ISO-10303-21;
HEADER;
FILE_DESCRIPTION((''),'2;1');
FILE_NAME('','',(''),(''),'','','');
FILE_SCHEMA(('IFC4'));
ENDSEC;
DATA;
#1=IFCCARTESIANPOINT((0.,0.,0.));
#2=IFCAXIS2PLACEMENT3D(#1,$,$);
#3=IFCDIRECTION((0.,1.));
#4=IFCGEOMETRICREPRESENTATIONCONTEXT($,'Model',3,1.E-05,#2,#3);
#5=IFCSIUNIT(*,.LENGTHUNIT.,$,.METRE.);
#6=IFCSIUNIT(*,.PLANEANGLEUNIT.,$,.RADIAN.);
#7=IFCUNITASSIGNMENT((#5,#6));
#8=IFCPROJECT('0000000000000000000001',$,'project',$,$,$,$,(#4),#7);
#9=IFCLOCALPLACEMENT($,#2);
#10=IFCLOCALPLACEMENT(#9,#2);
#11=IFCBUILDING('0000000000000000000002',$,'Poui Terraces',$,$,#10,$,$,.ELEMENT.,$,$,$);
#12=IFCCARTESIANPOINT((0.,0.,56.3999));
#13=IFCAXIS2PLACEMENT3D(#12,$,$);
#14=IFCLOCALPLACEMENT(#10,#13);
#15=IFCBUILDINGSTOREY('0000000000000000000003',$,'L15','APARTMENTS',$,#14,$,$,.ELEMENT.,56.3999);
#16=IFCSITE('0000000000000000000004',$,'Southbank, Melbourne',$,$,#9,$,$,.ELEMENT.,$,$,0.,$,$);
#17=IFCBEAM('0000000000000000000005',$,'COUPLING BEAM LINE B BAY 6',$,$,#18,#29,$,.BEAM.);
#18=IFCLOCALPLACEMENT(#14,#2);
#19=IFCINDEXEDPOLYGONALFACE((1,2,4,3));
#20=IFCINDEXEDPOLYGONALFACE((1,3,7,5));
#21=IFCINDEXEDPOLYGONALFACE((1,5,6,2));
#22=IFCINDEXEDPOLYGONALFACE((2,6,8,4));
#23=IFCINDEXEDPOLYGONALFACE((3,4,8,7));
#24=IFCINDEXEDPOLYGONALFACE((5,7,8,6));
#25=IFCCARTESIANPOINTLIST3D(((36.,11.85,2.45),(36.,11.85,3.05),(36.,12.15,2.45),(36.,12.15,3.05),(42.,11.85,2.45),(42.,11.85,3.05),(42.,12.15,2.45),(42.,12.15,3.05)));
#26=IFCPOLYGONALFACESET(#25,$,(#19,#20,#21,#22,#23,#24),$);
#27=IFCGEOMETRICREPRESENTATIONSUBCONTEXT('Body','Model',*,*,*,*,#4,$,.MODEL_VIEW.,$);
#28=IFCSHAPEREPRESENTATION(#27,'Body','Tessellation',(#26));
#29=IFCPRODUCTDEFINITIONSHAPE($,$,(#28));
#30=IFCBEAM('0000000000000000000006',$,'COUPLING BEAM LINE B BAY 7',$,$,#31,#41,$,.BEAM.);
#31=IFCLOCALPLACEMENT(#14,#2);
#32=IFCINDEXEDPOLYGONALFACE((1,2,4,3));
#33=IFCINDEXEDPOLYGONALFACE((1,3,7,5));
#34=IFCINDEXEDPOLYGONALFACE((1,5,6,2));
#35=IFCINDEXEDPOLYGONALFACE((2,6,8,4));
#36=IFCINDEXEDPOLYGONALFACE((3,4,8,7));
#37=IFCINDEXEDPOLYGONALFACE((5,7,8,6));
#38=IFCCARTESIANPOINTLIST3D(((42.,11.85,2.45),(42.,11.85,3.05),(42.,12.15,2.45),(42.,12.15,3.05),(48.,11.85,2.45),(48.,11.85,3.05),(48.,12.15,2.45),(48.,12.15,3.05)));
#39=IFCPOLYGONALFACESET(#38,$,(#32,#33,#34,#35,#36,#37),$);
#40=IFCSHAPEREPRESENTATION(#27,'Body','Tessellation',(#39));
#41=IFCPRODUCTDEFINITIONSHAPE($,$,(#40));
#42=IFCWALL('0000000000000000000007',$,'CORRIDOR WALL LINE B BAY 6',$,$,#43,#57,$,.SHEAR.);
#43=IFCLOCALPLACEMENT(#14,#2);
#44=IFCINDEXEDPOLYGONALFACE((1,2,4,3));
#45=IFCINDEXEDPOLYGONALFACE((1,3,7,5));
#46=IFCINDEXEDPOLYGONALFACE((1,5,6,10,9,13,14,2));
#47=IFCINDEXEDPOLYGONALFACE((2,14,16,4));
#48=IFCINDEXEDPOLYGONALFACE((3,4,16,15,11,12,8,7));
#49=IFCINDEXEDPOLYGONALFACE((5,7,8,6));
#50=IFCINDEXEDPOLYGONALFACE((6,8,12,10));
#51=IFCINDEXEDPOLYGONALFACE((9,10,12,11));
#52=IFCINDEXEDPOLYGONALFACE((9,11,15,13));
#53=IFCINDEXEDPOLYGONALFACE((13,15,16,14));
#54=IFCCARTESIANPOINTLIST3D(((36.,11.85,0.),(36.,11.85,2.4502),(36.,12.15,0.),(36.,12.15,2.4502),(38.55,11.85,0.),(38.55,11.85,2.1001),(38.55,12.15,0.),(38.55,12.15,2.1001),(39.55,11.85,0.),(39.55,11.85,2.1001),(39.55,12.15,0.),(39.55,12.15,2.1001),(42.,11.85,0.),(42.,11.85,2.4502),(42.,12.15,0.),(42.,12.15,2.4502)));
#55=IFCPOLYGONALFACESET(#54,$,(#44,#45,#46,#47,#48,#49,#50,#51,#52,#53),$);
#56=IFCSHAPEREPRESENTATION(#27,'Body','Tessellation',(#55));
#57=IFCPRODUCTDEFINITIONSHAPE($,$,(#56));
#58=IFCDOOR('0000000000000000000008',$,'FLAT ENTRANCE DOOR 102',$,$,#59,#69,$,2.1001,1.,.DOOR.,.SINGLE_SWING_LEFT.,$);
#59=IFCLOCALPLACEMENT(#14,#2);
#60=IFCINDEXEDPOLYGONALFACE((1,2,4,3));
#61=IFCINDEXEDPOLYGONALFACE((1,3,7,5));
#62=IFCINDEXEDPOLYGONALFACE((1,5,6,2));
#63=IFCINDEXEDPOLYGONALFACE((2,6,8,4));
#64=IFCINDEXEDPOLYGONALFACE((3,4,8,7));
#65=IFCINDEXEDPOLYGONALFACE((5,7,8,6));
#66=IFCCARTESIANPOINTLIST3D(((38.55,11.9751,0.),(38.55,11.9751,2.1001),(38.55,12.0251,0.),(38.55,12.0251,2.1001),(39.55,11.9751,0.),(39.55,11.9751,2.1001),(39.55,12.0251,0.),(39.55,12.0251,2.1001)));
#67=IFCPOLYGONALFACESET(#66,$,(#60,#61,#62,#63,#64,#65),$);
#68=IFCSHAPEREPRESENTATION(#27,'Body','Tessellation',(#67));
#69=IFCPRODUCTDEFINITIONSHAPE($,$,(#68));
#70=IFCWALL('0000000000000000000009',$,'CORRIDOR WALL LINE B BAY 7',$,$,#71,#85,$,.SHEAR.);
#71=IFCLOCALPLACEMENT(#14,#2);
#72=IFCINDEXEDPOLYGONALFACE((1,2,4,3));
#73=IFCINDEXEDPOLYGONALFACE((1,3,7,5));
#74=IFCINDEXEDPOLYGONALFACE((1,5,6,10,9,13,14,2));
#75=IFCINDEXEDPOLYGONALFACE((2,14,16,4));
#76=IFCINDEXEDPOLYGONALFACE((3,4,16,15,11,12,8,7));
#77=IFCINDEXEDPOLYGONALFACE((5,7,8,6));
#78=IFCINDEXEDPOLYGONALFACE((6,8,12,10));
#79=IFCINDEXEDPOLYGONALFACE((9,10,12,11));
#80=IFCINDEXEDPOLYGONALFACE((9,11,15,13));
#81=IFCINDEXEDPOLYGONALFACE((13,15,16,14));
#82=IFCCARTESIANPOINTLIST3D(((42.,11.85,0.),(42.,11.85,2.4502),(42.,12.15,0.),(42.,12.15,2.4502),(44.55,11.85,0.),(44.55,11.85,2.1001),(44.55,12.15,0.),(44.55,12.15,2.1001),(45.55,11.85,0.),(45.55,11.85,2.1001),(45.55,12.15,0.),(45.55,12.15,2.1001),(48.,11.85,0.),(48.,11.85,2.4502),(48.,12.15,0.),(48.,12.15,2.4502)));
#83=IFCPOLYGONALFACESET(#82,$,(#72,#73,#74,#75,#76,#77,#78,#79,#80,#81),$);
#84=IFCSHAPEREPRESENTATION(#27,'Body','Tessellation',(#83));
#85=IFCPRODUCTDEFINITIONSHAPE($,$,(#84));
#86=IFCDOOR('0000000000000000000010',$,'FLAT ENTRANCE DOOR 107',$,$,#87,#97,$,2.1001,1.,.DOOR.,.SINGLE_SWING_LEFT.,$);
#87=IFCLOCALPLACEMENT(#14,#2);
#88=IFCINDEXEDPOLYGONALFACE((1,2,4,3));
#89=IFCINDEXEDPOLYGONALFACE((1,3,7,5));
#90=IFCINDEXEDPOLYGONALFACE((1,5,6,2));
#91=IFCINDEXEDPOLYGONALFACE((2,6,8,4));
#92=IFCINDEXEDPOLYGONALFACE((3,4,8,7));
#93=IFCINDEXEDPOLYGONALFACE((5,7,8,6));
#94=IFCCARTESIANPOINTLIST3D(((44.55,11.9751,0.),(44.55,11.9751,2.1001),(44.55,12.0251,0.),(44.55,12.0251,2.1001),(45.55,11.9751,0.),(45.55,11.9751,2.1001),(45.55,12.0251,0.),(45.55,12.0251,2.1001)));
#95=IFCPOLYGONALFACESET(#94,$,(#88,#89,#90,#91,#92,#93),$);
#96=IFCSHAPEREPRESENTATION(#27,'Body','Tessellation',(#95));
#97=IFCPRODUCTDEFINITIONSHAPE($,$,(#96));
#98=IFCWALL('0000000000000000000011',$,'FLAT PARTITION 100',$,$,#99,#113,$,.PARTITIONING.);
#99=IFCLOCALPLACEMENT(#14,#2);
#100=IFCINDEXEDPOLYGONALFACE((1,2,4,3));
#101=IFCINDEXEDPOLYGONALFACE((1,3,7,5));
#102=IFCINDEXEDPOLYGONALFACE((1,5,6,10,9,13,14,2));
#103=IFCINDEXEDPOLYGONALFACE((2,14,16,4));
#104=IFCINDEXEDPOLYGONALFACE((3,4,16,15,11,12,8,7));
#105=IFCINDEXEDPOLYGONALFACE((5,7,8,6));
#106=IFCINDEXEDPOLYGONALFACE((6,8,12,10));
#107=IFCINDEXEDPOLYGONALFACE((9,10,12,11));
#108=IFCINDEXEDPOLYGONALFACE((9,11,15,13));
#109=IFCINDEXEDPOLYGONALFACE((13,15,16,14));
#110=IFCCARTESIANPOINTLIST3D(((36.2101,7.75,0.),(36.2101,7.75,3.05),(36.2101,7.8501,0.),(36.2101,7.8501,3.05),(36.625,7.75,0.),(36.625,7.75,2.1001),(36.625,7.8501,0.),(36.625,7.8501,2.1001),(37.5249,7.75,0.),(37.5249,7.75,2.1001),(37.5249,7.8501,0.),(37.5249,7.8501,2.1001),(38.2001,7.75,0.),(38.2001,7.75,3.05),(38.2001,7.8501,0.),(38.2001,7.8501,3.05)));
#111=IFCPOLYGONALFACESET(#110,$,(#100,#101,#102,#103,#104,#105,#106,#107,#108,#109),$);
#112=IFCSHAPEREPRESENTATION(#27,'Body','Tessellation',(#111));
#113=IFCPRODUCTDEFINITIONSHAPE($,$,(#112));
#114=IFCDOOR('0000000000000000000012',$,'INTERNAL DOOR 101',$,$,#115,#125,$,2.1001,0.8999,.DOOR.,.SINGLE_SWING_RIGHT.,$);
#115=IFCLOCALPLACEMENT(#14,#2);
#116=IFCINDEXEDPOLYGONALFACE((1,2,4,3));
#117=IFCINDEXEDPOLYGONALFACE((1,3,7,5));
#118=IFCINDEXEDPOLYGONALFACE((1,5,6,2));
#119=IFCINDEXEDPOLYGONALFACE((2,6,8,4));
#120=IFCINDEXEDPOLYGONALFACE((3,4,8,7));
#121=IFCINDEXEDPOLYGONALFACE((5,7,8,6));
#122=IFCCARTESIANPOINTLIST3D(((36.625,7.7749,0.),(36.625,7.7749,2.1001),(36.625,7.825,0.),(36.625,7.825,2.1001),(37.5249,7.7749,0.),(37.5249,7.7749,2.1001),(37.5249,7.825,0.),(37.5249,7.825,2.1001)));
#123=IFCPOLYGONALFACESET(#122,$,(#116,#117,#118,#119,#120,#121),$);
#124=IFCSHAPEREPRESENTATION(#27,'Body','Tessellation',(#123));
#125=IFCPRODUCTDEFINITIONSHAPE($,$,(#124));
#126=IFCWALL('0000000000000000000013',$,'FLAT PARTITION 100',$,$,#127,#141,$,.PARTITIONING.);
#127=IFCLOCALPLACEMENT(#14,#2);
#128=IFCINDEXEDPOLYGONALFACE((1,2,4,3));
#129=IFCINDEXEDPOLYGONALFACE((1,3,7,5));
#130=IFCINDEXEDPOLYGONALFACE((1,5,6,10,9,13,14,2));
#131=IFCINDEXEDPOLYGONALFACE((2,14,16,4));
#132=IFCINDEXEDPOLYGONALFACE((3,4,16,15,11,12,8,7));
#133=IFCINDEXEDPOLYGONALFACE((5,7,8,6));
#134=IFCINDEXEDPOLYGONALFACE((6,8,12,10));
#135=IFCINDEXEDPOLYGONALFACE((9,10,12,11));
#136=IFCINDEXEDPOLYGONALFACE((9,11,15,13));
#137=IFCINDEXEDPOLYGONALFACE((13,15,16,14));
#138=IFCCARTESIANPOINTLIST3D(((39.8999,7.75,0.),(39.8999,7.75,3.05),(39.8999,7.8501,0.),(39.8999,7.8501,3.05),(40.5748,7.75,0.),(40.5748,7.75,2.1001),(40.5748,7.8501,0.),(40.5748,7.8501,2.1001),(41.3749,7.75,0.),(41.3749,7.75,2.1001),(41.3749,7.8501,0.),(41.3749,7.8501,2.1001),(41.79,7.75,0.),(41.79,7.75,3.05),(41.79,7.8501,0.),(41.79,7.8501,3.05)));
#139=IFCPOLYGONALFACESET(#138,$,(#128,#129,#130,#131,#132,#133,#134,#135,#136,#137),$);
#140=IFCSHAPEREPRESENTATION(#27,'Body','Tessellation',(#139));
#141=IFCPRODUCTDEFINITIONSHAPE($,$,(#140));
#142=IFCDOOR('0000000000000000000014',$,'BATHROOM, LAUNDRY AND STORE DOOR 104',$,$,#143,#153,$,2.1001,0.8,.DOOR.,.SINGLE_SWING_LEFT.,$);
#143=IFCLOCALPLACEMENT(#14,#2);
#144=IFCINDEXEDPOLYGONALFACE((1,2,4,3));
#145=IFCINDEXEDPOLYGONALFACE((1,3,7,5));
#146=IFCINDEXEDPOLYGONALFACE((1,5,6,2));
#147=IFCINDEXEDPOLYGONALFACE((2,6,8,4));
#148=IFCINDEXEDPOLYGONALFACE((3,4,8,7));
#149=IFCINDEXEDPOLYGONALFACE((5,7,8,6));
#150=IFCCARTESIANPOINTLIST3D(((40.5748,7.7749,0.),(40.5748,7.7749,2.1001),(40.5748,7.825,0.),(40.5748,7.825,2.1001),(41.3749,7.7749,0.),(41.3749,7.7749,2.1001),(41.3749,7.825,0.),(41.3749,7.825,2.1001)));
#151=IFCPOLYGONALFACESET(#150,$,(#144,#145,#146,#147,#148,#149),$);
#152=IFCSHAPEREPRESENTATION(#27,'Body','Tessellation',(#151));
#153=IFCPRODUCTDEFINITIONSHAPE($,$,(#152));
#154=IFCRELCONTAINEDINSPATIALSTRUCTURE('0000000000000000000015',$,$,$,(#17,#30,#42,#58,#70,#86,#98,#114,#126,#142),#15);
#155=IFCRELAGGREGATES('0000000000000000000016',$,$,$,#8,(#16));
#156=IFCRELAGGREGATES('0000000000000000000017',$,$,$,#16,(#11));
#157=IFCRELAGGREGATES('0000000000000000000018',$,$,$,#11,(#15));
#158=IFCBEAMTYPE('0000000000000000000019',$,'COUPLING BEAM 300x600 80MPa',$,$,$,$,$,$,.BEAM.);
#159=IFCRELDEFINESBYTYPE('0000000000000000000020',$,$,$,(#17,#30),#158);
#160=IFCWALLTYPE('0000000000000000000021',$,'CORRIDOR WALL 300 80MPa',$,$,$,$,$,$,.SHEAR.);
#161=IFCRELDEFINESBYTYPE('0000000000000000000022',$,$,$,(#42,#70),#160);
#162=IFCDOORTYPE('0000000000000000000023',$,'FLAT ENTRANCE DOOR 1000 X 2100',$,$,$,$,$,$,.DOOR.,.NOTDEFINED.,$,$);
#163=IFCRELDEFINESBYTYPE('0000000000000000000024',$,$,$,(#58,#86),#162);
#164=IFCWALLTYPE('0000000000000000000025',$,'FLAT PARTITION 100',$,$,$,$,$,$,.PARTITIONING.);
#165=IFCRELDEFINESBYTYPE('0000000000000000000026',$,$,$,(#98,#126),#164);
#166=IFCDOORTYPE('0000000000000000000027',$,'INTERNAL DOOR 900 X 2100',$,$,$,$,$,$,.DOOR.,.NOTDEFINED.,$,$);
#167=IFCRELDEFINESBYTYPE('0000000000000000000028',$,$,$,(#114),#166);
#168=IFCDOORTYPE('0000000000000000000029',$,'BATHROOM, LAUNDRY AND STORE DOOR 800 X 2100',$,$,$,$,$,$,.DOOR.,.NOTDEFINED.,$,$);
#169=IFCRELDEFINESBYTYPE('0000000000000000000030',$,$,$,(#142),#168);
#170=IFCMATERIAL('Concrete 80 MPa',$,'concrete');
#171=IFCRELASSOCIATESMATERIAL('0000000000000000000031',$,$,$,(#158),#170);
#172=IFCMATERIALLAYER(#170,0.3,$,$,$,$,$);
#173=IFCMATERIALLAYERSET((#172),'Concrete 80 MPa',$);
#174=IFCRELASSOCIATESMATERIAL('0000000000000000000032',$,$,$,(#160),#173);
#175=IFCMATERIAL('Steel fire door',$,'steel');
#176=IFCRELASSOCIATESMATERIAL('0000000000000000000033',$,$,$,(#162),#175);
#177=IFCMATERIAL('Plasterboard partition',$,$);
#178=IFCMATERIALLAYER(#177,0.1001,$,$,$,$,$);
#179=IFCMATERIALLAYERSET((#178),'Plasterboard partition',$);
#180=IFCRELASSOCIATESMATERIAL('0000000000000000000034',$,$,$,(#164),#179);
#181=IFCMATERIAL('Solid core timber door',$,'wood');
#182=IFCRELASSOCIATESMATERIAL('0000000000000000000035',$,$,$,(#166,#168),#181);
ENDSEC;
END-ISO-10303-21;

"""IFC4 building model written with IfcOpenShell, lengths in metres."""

from ifc_helpers import new_model, si_unit, direction, frame, frame_2d, origin, origin_2d, place, context, subcontext, project, spatial, rectangle, extrude, source, transform, mapped, material, layer, layer_set, material_profile, profile_set, type_object, element, fill, save


model = new_model("IFC4")

# Units and contexts
model_context = context("Model", 3, precision=1e-05, world=origin(), true_north=direction((0.0, 1.0)))
body_context = subcontext(model_context, "Body", "Model", "MODEL_VIEW")
ifc_project = project(units=[si_unit("LENGTHUNIT", "METRE"), si_unit("PLANEANGLEUNIT", "RADIAN")], contexts=[model_context])

# Site, building, storey
site_placement = place(None, origin())
site = spatial("IfcSite", under=ifc_project, at=site_placement, Name="Southbank, Melbourne", CompositionType="ELEMENT", RefElevation=0.0)
building_placement = place(site_placement, origin())
building = spatial("IfcBuilding", under=site, at=building_placement, Name="Poui Terraces", CompositionType="ELEMENT")
storey_placement = place(building_placement, frame((0.0, 0.0, 56.3999)))
storey = spatial("IfcBuildingStorey", under=building, at=storey_placement, Name="L15", Description="APARTMENTS", CompositionType="ELEMENT", Elevation=56.3999)

# Beams
ifc_material_1 = material(Name="Concrete 80 MPa", Category="concrete")
ifc_material_profile = material_profile(ifc_material_1, rectangle(XDim=0.3, YDim=0.6001, at=origin_2d()), Name="RC 300x600")
ifc_profile_set = profile_set([ifc_material_profile], Name="Concrete 80 MPa")
beam_type = type_object("IfcBeamType", Name="COUPLING BEAM 300x600 80MPa", PredefinedType="BEAM", material=ifc_profile_set)
shared_shape = source(origin(), body_context, "Body", "SweptSolid", [
    extrude(rectangle(XDim=0.3, YDim=0.6001, at=origin_2d()), origin(), (0.0, 0.0, 1.0), 6.0),
])
for number, where, z_axis, x_axis, name in (
    (1, (36.0, 12.0, 2.75), (1.0, 0.0, 0.0), (0.0, 1.0, 0.0), "COUPLING BEAM LINE B BAY 6"),
    (2, (42.0, 12.0, 2.75), (1.0, 0.0, 0.0), (0.0, 1.0, 0.0), "COUPLING BEAM LINE B BAY 7"),
):
    element("IfcBeam", number, at=place(storey_placement, frame(where, z_axis=z_axis, x_axis=x_axis)), inside=storey, type_object=beam_type, Name=name, PredefinedType="BEAM", context=body_context, shape_type="MappedRepresentation", body=[
        mapped(shared_shape, transform((0.0, 0.0, 0.0))),
    ])

# Walls, openings, doors
ifc_layer_1 = layer(ifc_material_1, 0.3)
ifc_layer_set_1 = layer_set([ifc_layer_1], Name="Concrete 80 MPa")
wall_type_1 = type_object("IfcWallType", Name="CORRIDOR WALL 300 80MPa", PredefinedType="SHEAR", material=ifc_layer_set_1)
wall_1_placement = place(storey_placement, frame((36.0, 12.0, 0.0), z_axis=(0.0, 0.0, 1.0), x_axis=(1.0, 0.0, 0.0)))
wall_1 = element("IfcWall", 3, at=wall_1_placement, inside=storey, type_object=wall_type_1, Name="CORRIDOR WALL LINE B BAY 6", PredefinedType="SHEAR", context=body_context, shape_type="SweptSolid", body=[
    extrude(rectangle(XDim=6.0, YDim=0.3, at=frame_2d((3.0, 0.0))), origin(), (0.0, 0.0, 1.0), 2.4502),
])
opening_1_placement = place(wall_1_placement, frame((2.55, 0.0, 0.0)))
opening_1 = element("IfcOpeningElement", 4, at=opening_1_placement, cuts=wall_1, PredefinedType="OPENING", context=body_context, shape_type="SweptSolid", body=[
    extrude(rectangle(XDim=1.0, YDim=2.1001, at=frame_2d((0.5, 1.05))), frame((0.0, 0.1602, 0.0), z_axis=(0.0, -1.0, 0.0), x_axis=(1.0, 0.0, 0.0)), (0.0, 0.0, 1.0), 0.3201),
])
ifc_material_2 = material(Name="Steel fire door", Category="steel")
door_type_1 = type_object("IfcDoorType", Name="FLAT ENTRANCE DOOR 1000 X 2100", OperationType="NOTDEFINED", PredefinedType="DOOR", material=ifc_material_2)
door_1_placement = place(opening_1_placement, frame((1.0, 0.0, 0.0), z_axis=(0.0, 0.0, 1.0), x_axis=(-1.0, 0.0, 0.0)))
door_1 = element("IfcDoor", 5, at=door_1_placement, inside=storey, type_object=door_type_1, Name="FLAT ENTRANCE DOOR 102", OperationType="SINGLE_SWING_LEFT", OverallHeight=2.1001, OverallWidth=1.0, PredefinedType="DOOR", context=body_context, shape_type="SweptSolid", body=[
    extrude(rectangle(XDim=1.0, YDim=2.1001, at=frame_2d((0.5, 1.05))), frame((0.0, 0.0249, 0.0), z_axis=(0.0, -1.0, 0.0), x_axis=(1.0, 0.0, 0.0)), (0.0, 0.0, 1.0), 0.05),
])
fill(opening_1, door_1)
wall_2_placement = place(storey_placement, frame((42.0, 12.0, 0.0), z_axis=(0.0, 0.0, 1.0), x_axis=(1.0, 0.0, 0.0)))
wall_2 = element("IfcWall", 6, at=wall_2_placement, inside=storey, type_object=wall_type_1, Name="CORRIDOR WALL LINE B BAY 7", PredefinedType="SHEAR", context=body_context, shape_type="SweptSolid", body=[
    extrude(rectangle(XDim=6.0, YDim=0.3, at=frame_2d((3.0, 0.0))), origin(), (0.0, 0.0, 1.0), 2.4502),
])
opening_2_placement = place(wall_2_placement, frame((2.55, 0.0, 0.0)))
opening_2 = element("IfcOpeningElement", 7, at=opening_2_placement, cuts=wall_2, PredefinedType="OPENING", context=body_context, shape_type="SweptSolid", body=[
    extrude(rectangle(XDim=1.0, YDim=2.1001, at=frame_2d((0.5, 1.05))), frame((0.0, 0.1602, 0.0), z_axis=(0.0, -1.0, 0.0), x_axis=(1.0, 0.0, 0.0)), (0.0, 0.0, 1.0), 0.3201),
])
door_2_placement = place(opening_2_placement, frame((1.0, 0.0, 0.0), z_axis=(0.0, 0.0, 1.0), x_axis=(-1.0, 0.0, 0.0)))
door_2 = element("IfcDoor", 8, at=door_2_placement, inside=storey, type_object=door_type_1, Name="FLAT ENTRANCE DOOR 107", OperationType="SINGLE_SWING_LEFT", OverallHeight=2.1001, OverallWidth=1.0, PredefinedType="DOOR", context=body_context, shape_type="SweptSolid", body=[
    extrude(rectangle(XDim=1.0, YDim=2.1001, at=frame_2d((0.5, 1.05))), frame((0.0, 0.0249, 0.0), z_axis=(0.0, -1.0, 0.0), x_axis=(1.0, 0.0, 0.0)), (0.0, 0.0, 1.0), 0.05),
])
fill(opening_2, door_2)
ifc_material_3 = material(Name="Plasterboard partition")
ifc_layer_2 = layer(ifc_material_3, 0.1001)
ifc_layer_set_2 = layer_set([ifc_layer_2], Name="Plasterboard partition")
wall_type_2 = type_object("IfcWallType", Name="FLAT PARTITION 100", PredefinedType="PARTITIONING", material=ifc_layer_set_2)
wall_3_placement = place(storey_placement, frame((36.21, 7.8, 0.0), z_axis=(0.0, 0.0, 1.0), x_axis=(1.0, 0.0, 0.0)))
wall_3 = element("IfcWall", 9, at=wall_3_placement, inside=storey, type_object=wall_type_2, Name="FLAT PARTITION 100", PredefinedType="PARTITIONING", context=body_context, shape_type="SweptSolid", body=[
    extrude(rectangle(XDim=1.99, YDim=0.1001, at=frame_2d((0.9951, 0.0))), origin(), (0.0, 0.0, 1.0), 3.05),
])
opening_3_placement = place(wall_3_placement, frame((0.415, 0.0, 0.0)))
opening_3 = element("IfcOpeningElement", 10, at=opening_3_placement, cuts=wall_3, PredefinedType="OPENING", context=body_context, shape_type="SweptSolid", body=[
    extrude(rectangle(XDim=0.8999, YDim=2.1001, at=frame_2d((0.45, 1.05))), frame((0.0, 0.0601, 0.0), z_axis=(0.0, -1.0, 0.0), x_axis=(1.0, 0.0, 0.0)), (0.0, 0.0, 1.0), 0.1201),
])
ifc_material_4 = material(Name="Solid core timber door", Category="wood")
door_type_2 = type_object("IfcDoorType", Name="INTERNAL DOOR 900 X 2100", OperationType="NOTDEFINED", PredefinedType="DOOR", material=ifc_material_4)
door_3_placement = place(opening_3_placement, origin())
door_3 = element("IfcDoor", 11, at=door_3_placement, inside=storey, type_object=door_type_2, Name="INTERNAL DOOR 101", OperationType="SINGLE_SWING_RIGHT", OverallHeight=2.1001, OverallWidth=0.8999, PredefinedType="DOOR", context=body_context, shape_type="SweptSolid", body=[
    extrude(rectangle(XDim=0.8999, YDim=2.1001, at=frame_2d((0.45, 1.05))), frame((0.0, 0.0249, 0.0), z_axis=(0.0, -1.0, 0.0), x_axis=(1.0, 0.0, 0.0)), (0.0, 0.0, 1.0), 0.05),
])
fill(opening_3, door_3)
wall_4_placement = place(storey_placement, frame((39.8999, 7.8, 0.0), z_axis=(0.0, 0.0, 1.0), x_axis=(1.0, 0.0, 0.0)))
wall_4 = element("IfcWall", 12, at=wall_4_placement, inside=storey, type_object=wall_type_2, Name="FLAT PARTITION 100", PredefinedType="PARTITIONING", context=body_context, shape_type="SweptSolid", body=[
    extrude(rectangle(XDim=1.8901, YDim=0.1001, at=frame_2d((0.9451, 0.0))), origin(), (0.0, 0.0, 1.0), 3.05),
])
opening_4_placement = place(wall_4_placement, frame((0.675, 0.0, 0.0)))
opening_4 = element("IfcOpeningElement", 13, at=opening_4_placement, cuts=wall_4, PredefinedType="OPENING", context=body_context, shape_type="SweptSolid", body=[
    extrude(rectangle(XDim=0.8, YDim=2.1001, at=frame_2d((0.3999, 1.05))), frame((0.0, 0.0601, 0.0), z_axis=(0.0, -1.0, 0.0), x_axis=(1.0, 0.0, 0.0)), (0.0, 0.0, 1.0), 0.1201),
])
door_type_3 = type_object("IfcDoorType", Name="BATHROOM, LAUNDRY AND STORE DOOR 800 X 2100", OperationType="NOTDEFINED", PredefinedType="DOOR", material=ifc_material_4)
door_4_placement = place(opening_4_placement, origin())
door_4 = element("IfcDoor", 14, at=door_4_placement, inside=storey, type_object=door_type_3, Name="BATHROOM, LAUNDRY AND STORE DOOR 104", OperationType="SINGLE_SWING_LEFT", OverallHeight=2.1001, OverallWidth=0.8, PredefinedType="DOOR", context=body_context, shape_type="SweptSolid", body=[
    extrude(rectangle(XDim=0.8, YDim=2.1001, at=frame_2d((0.3999, 1.05))), frame((0.0, 0.0249, 0.0), z_axis=(0.0, -1.0, 0.0), x_axis=(1.0, 0.0, 0.0)), (0.0, 0.0, 1.0), 0.05),
])
fill(opening_4, door_4)

save(model, "model.ifc")
